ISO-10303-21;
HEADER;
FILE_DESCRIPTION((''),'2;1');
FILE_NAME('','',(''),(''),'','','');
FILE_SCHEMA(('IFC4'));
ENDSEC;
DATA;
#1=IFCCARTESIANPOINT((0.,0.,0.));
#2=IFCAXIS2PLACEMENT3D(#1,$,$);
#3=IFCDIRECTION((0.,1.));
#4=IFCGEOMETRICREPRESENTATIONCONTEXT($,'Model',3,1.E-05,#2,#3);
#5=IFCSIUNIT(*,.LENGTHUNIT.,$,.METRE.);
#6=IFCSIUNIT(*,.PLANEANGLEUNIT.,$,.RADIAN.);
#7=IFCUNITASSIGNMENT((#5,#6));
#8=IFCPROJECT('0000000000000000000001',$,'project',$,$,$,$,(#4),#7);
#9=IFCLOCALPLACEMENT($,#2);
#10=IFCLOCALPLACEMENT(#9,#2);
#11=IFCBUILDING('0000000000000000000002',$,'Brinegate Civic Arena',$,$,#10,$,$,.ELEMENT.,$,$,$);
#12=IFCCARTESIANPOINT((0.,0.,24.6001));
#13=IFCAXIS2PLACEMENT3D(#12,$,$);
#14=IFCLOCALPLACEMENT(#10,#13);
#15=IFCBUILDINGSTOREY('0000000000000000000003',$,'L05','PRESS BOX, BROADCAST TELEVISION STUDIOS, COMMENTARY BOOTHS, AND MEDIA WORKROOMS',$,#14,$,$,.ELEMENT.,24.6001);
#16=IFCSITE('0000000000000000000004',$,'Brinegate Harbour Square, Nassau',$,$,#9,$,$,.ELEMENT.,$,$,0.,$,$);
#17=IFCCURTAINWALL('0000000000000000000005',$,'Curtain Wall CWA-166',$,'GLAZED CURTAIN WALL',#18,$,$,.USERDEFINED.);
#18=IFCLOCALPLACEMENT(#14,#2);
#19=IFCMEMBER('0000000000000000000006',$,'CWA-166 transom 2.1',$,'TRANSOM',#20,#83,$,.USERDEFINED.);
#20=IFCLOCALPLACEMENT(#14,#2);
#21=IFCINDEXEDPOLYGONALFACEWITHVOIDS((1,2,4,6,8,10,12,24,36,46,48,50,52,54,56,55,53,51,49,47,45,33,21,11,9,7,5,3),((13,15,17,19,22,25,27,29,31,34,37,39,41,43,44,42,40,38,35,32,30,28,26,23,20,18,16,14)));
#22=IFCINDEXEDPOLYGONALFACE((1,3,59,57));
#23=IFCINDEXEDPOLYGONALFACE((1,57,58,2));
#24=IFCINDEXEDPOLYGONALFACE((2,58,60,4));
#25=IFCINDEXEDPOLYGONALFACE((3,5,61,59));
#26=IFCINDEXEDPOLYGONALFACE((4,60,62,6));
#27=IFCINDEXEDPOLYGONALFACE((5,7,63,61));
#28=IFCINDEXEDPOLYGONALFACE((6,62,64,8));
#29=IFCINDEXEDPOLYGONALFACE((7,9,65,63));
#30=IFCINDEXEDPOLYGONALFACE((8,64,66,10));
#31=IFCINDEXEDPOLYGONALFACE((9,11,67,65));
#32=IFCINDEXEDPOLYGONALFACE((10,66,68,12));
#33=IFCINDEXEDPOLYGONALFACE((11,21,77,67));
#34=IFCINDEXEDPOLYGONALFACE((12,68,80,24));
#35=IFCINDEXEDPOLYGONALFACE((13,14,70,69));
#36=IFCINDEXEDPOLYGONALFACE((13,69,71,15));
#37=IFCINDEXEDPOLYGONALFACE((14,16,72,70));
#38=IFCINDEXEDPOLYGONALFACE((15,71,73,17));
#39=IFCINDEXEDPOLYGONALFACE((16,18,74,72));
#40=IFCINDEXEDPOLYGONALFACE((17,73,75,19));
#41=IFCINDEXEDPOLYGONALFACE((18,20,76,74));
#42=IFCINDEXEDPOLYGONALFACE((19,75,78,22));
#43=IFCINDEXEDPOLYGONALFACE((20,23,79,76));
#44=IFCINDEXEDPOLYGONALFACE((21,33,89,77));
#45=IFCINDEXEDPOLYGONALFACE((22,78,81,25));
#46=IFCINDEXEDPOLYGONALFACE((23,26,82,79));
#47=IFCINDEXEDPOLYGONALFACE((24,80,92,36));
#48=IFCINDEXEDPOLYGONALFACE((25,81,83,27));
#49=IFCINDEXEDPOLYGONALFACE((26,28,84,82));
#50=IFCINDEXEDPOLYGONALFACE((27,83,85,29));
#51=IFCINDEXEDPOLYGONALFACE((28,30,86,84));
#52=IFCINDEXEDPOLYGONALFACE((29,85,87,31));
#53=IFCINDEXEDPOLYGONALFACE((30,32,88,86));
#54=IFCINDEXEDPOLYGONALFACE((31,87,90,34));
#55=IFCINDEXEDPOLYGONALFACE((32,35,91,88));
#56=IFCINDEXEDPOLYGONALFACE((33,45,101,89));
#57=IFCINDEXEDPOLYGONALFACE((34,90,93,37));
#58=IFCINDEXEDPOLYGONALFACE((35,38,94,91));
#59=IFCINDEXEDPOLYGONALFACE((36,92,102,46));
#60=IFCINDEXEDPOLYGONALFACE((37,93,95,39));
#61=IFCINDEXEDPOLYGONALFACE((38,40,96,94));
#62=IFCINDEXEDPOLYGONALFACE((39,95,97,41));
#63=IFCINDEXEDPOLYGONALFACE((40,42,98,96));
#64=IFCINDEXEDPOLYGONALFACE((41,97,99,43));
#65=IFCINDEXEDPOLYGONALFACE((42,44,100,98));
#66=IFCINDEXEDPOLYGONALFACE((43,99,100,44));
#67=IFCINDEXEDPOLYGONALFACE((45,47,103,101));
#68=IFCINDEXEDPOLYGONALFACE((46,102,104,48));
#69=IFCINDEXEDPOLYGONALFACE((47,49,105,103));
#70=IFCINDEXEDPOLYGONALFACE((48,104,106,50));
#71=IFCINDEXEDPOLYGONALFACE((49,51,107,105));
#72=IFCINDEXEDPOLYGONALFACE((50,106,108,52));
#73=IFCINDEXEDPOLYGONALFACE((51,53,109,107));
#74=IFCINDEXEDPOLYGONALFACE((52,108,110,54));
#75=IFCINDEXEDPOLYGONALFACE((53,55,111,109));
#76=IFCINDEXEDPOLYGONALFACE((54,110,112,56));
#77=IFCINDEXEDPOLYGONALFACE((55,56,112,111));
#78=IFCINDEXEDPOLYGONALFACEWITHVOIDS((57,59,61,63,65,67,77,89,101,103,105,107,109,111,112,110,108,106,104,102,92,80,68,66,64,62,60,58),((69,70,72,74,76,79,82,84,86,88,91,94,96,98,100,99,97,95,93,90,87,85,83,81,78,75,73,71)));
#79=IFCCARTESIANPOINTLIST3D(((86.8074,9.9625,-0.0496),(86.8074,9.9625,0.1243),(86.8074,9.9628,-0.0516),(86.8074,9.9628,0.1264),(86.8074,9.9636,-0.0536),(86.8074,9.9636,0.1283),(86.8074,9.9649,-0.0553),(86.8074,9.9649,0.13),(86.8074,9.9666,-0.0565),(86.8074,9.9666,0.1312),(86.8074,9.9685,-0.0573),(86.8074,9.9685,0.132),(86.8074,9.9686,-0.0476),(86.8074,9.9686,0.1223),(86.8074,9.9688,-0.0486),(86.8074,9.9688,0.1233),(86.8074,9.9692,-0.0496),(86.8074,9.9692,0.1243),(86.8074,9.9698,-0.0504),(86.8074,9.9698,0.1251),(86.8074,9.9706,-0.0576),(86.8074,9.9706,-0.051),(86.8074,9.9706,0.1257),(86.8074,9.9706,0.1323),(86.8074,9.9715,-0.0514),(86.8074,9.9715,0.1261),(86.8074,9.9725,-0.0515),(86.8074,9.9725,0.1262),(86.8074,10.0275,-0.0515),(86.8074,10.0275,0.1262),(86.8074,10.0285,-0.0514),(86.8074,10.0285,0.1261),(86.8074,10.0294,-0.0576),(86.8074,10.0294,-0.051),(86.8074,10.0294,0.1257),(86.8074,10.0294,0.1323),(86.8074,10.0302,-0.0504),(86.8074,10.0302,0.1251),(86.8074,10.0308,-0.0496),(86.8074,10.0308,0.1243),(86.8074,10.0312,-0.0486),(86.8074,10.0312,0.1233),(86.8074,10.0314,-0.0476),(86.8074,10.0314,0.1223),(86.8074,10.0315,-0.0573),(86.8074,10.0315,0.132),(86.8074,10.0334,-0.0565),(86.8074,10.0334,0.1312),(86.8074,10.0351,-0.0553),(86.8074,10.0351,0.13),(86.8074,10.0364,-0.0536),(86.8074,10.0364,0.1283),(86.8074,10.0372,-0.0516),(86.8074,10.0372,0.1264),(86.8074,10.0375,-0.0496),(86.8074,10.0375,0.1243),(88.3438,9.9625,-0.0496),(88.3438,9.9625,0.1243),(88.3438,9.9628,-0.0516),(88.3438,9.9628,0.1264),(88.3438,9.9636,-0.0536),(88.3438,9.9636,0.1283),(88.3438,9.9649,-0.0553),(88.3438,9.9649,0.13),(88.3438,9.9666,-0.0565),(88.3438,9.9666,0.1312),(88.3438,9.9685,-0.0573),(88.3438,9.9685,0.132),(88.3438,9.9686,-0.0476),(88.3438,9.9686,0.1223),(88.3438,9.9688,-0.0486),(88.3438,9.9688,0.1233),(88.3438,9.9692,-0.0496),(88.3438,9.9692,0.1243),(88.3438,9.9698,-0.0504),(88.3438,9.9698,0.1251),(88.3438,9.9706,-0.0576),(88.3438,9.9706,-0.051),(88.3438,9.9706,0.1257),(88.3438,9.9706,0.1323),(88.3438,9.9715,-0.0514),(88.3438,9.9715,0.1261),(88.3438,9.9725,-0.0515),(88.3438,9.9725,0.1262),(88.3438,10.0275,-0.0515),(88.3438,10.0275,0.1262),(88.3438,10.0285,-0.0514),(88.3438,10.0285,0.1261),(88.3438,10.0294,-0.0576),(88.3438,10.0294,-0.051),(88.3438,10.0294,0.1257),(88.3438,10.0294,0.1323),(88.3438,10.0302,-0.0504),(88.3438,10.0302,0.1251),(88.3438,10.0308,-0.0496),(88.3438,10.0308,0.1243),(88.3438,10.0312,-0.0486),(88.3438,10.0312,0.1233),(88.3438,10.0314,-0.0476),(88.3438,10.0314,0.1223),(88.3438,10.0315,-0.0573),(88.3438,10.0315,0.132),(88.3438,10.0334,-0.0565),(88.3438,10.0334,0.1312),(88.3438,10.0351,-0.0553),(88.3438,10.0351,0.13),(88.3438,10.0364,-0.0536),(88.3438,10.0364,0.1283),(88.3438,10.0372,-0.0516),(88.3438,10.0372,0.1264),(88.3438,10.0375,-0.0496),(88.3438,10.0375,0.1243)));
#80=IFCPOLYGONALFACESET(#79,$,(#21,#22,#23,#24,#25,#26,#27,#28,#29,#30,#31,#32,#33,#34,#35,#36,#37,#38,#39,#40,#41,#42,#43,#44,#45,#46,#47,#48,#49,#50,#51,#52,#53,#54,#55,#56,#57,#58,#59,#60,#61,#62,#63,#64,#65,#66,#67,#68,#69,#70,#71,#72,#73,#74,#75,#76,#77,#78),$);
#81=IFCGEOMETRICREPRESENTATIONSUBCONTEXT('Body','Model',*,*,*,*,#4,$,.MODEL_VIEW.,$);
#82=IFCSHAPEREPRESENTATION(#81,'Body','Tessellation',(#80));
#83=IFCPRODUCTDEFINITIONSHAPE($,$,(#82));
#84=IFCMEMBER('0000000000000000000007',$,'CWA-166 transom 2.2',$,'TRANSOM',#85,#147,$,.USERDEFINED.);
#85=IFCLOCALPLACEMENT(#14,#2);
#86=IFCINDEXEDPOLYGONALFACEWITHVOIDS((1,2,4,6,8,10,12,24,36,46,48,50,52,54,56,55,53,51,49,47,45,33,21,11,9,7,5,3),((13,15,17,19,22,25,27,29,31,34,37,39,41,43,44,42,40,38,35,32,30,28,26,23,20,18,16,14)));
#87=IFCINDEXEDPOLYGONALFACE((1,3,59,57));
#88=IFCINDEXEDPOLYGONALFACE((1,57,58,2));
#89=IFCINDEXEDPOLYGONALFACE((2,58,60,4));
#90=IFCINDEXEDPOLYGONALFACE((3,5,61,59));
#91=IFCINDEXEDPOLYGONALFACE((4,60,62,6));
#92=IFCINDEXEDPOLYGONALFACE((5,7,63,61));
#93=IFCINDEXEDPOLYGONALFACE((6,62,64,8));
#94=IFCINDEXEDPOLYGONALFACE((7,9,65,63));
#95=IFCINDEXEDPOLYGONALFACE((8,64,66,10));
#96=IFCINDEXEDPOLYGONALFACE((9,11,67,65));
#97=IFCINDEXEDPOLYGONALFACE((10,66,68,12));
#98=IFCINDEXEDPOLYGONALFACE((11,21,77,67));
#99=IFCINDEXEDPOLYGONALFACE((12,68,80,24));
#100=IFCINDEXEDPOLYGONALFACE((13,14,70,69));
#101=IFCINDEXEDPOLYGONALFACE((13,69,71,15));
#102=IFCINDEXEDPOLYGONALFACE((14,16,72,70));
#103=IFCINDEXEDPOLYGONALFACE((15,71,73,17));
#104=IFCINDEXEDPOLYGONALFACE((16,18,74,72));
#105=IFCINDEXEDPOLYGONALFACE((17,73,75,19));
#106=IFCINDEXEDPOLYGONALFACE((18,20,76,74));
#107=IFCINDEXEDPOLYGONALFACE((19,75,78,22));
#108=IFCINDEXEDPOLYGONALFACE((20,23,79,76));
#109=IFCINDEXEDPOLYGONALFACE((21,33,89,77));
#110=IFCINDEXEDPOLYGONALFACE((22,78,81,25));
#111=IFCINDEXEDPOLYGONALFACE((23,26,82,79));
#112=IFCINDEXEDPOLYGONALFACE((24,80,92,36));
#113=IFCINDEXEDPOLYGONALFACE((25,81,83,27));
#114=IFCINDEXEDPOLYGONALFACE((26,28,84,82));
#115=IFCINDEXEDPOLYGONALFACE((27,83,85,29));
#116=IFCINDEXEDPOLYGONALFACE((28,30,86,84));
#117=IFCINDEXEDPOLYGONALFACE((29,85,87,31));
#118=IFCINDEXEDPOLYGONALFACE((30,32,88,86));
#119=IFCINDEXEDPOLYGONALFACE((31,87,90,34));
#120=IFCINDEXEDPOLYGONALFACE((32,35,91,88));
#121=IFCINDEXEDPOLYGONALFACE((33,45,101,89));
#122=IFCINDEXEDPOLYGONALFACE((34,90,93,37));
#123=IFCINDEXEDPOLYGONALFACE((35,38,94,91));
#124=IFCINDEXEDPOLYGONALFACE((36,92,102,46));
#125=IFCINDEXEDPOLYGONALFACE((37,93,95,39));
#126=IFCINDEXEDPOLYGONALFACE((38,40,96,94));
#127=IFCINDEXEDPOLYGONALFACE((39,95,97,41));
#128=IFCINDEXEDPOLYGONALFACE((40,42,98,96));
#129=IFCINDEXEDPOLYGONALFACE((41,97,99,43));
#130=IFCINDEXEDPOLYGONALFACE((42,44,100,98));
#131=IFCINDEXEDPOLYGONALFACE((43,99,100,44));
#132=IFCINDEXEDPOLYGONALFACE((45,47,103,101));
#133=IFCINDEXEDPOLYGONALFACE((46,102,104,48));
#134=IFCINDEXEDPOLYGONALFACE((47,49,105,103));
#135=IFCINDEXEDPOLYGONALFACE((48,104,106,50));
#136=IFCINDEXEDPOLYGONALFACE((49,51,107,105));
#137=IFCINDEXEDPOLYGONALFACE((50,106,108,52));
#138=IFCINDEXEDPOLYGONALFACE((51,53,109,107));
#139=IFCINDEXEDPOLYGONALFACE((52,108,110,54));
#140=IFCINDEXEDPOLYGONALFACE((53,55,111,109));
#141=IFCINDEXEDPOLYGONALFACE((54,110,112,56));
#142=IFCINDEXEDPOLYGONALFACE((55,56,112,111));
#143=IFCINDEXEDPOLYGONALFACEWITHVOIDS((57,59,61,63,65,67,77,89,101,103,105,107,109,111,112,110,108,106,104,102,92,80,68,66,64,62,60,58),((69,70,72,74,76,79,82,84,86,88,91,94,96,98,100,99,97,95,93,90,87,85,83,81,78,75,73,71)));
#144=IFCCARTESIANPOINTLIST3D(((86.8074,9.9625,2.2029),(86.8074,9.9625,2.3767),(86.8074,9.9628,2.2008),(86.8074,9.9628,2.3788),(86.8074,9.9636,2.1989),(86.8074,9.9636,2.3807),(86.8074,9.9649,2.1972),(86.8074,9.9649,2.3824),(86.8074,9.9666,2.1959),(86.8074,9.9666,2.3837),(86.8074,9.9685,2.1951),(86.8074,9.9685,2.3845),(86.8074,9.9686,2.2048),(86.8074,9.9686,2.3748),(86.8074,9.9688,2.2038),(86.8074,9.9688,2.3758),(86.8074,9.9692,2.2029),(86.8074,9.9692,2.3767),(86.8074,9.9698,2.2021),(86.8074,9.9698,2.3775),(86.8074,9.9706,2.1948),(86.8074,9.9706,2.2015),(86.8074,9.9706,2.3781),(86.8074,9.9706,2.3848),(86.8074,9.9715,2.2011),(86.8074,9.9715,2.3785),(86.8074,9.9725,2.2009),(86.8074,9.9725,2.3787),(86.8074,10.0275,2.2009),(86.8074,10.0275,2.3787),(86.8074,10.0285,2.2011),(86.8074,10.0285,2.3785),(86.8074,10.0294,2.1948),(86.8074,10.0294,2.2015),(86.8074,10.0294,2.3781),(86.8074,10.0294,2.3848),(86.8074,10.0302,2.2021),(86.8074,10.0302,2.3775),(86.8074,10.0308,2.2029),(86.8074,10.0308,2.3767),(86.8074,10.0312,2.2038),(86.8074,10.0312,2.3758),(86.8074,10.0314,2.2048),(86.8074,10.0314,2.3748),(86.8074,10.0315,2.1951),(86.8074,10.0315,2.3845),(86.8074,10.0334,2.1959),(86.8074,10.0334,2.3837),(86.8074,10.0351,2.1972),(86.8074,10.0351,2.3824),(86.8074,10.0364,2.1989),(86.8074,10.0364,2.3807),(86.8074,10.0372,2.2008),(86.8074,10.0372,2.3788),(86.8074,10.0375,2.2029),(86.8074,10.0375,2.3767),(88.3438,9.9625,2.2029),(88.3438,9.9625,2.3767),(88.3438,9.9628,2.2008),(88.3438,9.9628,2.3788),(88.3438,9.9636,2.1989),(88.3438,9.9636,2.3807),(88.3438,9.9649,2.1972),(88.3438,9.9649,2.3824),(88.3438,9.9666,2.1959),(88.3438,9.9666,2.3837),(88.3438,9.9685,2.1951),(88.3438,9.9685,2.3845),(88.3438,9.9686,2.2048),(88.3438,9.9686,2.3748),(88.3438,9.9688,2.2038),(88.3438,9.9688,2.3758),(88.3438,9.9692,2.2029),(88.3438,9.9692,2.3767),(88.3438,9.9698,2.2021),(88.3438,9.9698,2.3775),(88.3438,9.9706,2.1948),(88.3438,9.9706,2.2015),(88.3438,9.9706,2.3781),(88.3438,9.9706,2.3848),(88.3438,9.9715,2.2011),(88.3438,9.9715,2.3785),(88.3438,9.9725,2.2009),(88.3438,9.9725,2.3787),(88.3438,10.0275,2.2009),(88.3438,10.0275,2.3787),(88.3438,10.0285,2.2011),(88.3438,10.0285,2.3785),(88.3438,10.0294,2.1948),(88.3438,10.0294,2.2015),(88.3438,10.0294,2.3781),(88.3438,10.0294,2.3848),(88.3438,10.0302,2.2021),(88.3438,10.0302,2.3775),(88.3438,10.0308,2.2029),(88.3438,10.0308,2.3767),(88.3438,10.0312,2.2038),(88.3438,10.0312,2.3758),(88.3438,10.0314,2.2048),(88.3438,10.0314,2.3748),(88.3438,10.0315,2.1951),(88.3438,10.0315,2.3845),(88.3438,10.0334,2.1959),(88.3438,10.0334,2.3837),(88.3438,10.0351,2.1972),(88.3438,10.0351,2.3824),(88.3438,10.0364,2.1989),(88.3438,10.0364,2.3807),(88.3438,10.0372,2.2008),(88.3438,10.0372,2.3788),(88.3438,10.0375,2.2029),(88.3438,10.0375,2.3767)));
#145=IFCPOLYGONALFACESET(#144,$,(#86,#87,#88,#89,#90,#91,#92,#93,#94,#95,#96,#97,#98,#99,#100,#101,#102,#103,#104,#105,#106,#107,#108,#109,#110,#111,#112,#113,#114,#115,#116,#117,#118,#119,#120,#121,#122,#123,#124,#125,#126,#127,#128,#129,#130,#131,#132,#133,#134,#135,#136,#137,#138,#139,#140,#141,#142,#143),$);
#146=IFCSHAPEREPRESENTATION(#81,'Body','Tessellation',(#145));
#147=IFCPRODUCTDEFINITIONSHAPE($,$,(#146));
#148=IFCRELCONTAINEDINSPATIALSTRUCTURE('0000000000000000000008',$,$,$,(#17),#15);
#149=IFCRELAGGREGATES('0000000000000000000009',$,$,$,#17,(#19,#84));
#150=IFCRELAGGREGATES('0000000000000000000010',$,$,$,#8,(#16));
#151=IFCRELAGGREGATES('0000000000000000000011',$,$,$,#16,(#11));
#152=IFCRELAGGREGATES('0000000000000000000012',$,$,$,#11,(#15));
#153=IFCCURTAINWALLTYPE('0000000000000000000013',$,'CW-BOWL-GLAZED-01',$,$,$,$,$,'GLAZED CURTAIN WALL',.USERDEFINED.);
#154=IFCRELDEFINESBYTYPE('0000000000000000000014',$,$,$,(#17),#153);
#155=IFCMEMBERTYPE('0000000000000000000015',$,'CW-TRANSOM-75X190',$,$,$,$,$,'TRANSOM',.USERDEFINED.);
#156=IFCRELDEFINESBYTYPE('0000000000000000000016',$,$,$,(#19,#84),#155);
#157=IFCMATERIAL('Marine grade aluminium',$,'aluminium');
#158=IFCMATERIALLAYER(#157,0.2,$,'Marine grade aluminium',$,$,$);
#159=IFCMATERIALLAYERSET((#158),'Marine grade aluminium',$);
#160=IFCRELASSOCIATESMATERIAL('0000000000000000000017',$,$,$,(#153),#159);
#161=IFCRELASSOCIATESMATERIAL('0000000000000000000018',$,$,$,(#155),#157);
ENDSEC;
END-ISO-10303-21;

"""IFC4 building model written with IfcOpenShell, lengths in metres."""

from ifc_helpers import new_model, si_unit, direction, frame, origin, origin_2d, place, context, subcontext, project, spatial, hollow_rectangle, extrude, material, layer, layer_set, material_profile, profile_set, type_object, element, aggregate, save


model = new_model("IFC4")

# Units and contexts
model_context = context("Model", 3, precision=1e-05, world=origin(), true_north=direction((0.0, 1.0)))
body_context = subcontext(model_context, "Body", "Model", "MODEL_VIEW")
ifc_project = project(units=[si_unit("LENGTHUNIT", "METRE"), si_unit("PLANEANGLEUNIT", "RADIAN")], contexts=[model_context])

# Site, building, storey
site_placement = place(None, origin())
site = spatial("IfcSite", under=ifc_project, at=site_placement, Name="Brinegate Harbour Square, Nassau", CompositionType="ELEMENT", RefElevation=0.0)
building_placement = place(site_placement, origin())
building = spatial("IfcBuilding", under=site, at=building_placement, Name="Brinegate Civic Arena", CompositionType="ELEMENT")
storey_placement = place(building_placement, frame((0.0, 0.0, 24.6001)))
storey = spatial("IfcBuildingStorey", under=building, at=storey_placement, Name="L05", Description="PRESS BOX, BROADCAST TELEVISION STUDIOS, COMMENTARY BOOTHS, AND MEDIA WORKROOMS", CompositionType="ELEMENT", Elevation=24.6001)

# Shared definitions
ifc_material_1 = material(Name="Marine grade aluminium", Category="aluminium")
ifc_layer_1 = layer(ifc_material_1, 0.2, Name="Marine grade aluminium")
ifc_layer_set_1 = layer_set([ifc_layer_1], Name="Marine grade aluminium")
curtain_wall_type = type_object("IfcCurtainWallType", Name="CW-BOWL-GLAZED-01", ElementType="GLAZED CURTAIN WALL", PredefinedType="USERDEFINED", material=ifc_layer_set_1)

# Curtain wall
curtain_wall_1_placement = place(storey_placement, origin())
curtain_wall_1 = element("IfcCurtainWall", 1, at=curtain_wall_1_placement, inside=storey, type_object=curtain_wall_type, Name="Curtain Wall CWA-166", ObjectType="GLAZED CURTAIN WALL", PredefinedType="USERDEFINED")

# Members
ifc_material_profile_1 = material_profile(ifc_material_1, hollow_rectangle(XDim=0.075, YDim=0.1899, WallThickness=0.0061, InnerFilletRadius=0.0039, OuterFilletRadius=0.0081, at=origin_2d()), Name="TRN75X190")
ifc_profile_set_1 = profile_set([ifc_material_profile_1], Name="Marine grade aluminium")
member_type_1 = type_object("IfcMemberType", Name="CW-TRANSOM-75X190", ElementType="TRANSOM", PredefinedType="USERDEFINED", material=ifc_profile_set_1)
member_1_placement = place(storey_placement, frame((86.8074, 10.0, 0.0374), z_axis=(1.0, 0.0, 0.0), x_axis=(0.0, 1.0, 0.0)))
member_1 = element("IfcMember", 2, at=member_1_placement, type_object=member_type_1, Name="CWA-166 transom 2.1", ObjectType="TRANSOM", PredefinedType="USERDEFINED", context=body_context, shape_type="SweptSolid", body=[
    extrude(hollow_rectangle(XDim=0.075, YDim=0.1899, WallThickness=0.0061, InnerFilletRadius=0.0039, OuterFilletRadius=0.0081, at=origin_2d()), origin(), (0.0, 0.0, 1.0), 1.5364),
])
member_2_placement = place(storey_placement, frame((86.8074, 10.0, 2.2898), z_axis=(1.0, 0.0, 0.0), x_axis=(0.0, 1.0, 0.0)))
member_2 = element("IfcMember", 3, at=member_2_placement, type_object=member_type_1, Name="CWA-166 transom 2.2", ObjectType="TRANSOM", PredefinedType="USERDEFINED", context=body_context, shape_type="SweptSolid", body=[
    extrude(hollow_rectangle(XDim=0.075, YDim=0.1899, WallThickness=0.0061, InnerFilletRadius=0.0039, OuterFilletRadius=0.0081, at=origin_2d()), origin(), (0.0, 0.0, 1.0), 1.5364),
])

aggregate(curtain_wall_1, [member_1, member_2])

save(model, "model.ifc")
